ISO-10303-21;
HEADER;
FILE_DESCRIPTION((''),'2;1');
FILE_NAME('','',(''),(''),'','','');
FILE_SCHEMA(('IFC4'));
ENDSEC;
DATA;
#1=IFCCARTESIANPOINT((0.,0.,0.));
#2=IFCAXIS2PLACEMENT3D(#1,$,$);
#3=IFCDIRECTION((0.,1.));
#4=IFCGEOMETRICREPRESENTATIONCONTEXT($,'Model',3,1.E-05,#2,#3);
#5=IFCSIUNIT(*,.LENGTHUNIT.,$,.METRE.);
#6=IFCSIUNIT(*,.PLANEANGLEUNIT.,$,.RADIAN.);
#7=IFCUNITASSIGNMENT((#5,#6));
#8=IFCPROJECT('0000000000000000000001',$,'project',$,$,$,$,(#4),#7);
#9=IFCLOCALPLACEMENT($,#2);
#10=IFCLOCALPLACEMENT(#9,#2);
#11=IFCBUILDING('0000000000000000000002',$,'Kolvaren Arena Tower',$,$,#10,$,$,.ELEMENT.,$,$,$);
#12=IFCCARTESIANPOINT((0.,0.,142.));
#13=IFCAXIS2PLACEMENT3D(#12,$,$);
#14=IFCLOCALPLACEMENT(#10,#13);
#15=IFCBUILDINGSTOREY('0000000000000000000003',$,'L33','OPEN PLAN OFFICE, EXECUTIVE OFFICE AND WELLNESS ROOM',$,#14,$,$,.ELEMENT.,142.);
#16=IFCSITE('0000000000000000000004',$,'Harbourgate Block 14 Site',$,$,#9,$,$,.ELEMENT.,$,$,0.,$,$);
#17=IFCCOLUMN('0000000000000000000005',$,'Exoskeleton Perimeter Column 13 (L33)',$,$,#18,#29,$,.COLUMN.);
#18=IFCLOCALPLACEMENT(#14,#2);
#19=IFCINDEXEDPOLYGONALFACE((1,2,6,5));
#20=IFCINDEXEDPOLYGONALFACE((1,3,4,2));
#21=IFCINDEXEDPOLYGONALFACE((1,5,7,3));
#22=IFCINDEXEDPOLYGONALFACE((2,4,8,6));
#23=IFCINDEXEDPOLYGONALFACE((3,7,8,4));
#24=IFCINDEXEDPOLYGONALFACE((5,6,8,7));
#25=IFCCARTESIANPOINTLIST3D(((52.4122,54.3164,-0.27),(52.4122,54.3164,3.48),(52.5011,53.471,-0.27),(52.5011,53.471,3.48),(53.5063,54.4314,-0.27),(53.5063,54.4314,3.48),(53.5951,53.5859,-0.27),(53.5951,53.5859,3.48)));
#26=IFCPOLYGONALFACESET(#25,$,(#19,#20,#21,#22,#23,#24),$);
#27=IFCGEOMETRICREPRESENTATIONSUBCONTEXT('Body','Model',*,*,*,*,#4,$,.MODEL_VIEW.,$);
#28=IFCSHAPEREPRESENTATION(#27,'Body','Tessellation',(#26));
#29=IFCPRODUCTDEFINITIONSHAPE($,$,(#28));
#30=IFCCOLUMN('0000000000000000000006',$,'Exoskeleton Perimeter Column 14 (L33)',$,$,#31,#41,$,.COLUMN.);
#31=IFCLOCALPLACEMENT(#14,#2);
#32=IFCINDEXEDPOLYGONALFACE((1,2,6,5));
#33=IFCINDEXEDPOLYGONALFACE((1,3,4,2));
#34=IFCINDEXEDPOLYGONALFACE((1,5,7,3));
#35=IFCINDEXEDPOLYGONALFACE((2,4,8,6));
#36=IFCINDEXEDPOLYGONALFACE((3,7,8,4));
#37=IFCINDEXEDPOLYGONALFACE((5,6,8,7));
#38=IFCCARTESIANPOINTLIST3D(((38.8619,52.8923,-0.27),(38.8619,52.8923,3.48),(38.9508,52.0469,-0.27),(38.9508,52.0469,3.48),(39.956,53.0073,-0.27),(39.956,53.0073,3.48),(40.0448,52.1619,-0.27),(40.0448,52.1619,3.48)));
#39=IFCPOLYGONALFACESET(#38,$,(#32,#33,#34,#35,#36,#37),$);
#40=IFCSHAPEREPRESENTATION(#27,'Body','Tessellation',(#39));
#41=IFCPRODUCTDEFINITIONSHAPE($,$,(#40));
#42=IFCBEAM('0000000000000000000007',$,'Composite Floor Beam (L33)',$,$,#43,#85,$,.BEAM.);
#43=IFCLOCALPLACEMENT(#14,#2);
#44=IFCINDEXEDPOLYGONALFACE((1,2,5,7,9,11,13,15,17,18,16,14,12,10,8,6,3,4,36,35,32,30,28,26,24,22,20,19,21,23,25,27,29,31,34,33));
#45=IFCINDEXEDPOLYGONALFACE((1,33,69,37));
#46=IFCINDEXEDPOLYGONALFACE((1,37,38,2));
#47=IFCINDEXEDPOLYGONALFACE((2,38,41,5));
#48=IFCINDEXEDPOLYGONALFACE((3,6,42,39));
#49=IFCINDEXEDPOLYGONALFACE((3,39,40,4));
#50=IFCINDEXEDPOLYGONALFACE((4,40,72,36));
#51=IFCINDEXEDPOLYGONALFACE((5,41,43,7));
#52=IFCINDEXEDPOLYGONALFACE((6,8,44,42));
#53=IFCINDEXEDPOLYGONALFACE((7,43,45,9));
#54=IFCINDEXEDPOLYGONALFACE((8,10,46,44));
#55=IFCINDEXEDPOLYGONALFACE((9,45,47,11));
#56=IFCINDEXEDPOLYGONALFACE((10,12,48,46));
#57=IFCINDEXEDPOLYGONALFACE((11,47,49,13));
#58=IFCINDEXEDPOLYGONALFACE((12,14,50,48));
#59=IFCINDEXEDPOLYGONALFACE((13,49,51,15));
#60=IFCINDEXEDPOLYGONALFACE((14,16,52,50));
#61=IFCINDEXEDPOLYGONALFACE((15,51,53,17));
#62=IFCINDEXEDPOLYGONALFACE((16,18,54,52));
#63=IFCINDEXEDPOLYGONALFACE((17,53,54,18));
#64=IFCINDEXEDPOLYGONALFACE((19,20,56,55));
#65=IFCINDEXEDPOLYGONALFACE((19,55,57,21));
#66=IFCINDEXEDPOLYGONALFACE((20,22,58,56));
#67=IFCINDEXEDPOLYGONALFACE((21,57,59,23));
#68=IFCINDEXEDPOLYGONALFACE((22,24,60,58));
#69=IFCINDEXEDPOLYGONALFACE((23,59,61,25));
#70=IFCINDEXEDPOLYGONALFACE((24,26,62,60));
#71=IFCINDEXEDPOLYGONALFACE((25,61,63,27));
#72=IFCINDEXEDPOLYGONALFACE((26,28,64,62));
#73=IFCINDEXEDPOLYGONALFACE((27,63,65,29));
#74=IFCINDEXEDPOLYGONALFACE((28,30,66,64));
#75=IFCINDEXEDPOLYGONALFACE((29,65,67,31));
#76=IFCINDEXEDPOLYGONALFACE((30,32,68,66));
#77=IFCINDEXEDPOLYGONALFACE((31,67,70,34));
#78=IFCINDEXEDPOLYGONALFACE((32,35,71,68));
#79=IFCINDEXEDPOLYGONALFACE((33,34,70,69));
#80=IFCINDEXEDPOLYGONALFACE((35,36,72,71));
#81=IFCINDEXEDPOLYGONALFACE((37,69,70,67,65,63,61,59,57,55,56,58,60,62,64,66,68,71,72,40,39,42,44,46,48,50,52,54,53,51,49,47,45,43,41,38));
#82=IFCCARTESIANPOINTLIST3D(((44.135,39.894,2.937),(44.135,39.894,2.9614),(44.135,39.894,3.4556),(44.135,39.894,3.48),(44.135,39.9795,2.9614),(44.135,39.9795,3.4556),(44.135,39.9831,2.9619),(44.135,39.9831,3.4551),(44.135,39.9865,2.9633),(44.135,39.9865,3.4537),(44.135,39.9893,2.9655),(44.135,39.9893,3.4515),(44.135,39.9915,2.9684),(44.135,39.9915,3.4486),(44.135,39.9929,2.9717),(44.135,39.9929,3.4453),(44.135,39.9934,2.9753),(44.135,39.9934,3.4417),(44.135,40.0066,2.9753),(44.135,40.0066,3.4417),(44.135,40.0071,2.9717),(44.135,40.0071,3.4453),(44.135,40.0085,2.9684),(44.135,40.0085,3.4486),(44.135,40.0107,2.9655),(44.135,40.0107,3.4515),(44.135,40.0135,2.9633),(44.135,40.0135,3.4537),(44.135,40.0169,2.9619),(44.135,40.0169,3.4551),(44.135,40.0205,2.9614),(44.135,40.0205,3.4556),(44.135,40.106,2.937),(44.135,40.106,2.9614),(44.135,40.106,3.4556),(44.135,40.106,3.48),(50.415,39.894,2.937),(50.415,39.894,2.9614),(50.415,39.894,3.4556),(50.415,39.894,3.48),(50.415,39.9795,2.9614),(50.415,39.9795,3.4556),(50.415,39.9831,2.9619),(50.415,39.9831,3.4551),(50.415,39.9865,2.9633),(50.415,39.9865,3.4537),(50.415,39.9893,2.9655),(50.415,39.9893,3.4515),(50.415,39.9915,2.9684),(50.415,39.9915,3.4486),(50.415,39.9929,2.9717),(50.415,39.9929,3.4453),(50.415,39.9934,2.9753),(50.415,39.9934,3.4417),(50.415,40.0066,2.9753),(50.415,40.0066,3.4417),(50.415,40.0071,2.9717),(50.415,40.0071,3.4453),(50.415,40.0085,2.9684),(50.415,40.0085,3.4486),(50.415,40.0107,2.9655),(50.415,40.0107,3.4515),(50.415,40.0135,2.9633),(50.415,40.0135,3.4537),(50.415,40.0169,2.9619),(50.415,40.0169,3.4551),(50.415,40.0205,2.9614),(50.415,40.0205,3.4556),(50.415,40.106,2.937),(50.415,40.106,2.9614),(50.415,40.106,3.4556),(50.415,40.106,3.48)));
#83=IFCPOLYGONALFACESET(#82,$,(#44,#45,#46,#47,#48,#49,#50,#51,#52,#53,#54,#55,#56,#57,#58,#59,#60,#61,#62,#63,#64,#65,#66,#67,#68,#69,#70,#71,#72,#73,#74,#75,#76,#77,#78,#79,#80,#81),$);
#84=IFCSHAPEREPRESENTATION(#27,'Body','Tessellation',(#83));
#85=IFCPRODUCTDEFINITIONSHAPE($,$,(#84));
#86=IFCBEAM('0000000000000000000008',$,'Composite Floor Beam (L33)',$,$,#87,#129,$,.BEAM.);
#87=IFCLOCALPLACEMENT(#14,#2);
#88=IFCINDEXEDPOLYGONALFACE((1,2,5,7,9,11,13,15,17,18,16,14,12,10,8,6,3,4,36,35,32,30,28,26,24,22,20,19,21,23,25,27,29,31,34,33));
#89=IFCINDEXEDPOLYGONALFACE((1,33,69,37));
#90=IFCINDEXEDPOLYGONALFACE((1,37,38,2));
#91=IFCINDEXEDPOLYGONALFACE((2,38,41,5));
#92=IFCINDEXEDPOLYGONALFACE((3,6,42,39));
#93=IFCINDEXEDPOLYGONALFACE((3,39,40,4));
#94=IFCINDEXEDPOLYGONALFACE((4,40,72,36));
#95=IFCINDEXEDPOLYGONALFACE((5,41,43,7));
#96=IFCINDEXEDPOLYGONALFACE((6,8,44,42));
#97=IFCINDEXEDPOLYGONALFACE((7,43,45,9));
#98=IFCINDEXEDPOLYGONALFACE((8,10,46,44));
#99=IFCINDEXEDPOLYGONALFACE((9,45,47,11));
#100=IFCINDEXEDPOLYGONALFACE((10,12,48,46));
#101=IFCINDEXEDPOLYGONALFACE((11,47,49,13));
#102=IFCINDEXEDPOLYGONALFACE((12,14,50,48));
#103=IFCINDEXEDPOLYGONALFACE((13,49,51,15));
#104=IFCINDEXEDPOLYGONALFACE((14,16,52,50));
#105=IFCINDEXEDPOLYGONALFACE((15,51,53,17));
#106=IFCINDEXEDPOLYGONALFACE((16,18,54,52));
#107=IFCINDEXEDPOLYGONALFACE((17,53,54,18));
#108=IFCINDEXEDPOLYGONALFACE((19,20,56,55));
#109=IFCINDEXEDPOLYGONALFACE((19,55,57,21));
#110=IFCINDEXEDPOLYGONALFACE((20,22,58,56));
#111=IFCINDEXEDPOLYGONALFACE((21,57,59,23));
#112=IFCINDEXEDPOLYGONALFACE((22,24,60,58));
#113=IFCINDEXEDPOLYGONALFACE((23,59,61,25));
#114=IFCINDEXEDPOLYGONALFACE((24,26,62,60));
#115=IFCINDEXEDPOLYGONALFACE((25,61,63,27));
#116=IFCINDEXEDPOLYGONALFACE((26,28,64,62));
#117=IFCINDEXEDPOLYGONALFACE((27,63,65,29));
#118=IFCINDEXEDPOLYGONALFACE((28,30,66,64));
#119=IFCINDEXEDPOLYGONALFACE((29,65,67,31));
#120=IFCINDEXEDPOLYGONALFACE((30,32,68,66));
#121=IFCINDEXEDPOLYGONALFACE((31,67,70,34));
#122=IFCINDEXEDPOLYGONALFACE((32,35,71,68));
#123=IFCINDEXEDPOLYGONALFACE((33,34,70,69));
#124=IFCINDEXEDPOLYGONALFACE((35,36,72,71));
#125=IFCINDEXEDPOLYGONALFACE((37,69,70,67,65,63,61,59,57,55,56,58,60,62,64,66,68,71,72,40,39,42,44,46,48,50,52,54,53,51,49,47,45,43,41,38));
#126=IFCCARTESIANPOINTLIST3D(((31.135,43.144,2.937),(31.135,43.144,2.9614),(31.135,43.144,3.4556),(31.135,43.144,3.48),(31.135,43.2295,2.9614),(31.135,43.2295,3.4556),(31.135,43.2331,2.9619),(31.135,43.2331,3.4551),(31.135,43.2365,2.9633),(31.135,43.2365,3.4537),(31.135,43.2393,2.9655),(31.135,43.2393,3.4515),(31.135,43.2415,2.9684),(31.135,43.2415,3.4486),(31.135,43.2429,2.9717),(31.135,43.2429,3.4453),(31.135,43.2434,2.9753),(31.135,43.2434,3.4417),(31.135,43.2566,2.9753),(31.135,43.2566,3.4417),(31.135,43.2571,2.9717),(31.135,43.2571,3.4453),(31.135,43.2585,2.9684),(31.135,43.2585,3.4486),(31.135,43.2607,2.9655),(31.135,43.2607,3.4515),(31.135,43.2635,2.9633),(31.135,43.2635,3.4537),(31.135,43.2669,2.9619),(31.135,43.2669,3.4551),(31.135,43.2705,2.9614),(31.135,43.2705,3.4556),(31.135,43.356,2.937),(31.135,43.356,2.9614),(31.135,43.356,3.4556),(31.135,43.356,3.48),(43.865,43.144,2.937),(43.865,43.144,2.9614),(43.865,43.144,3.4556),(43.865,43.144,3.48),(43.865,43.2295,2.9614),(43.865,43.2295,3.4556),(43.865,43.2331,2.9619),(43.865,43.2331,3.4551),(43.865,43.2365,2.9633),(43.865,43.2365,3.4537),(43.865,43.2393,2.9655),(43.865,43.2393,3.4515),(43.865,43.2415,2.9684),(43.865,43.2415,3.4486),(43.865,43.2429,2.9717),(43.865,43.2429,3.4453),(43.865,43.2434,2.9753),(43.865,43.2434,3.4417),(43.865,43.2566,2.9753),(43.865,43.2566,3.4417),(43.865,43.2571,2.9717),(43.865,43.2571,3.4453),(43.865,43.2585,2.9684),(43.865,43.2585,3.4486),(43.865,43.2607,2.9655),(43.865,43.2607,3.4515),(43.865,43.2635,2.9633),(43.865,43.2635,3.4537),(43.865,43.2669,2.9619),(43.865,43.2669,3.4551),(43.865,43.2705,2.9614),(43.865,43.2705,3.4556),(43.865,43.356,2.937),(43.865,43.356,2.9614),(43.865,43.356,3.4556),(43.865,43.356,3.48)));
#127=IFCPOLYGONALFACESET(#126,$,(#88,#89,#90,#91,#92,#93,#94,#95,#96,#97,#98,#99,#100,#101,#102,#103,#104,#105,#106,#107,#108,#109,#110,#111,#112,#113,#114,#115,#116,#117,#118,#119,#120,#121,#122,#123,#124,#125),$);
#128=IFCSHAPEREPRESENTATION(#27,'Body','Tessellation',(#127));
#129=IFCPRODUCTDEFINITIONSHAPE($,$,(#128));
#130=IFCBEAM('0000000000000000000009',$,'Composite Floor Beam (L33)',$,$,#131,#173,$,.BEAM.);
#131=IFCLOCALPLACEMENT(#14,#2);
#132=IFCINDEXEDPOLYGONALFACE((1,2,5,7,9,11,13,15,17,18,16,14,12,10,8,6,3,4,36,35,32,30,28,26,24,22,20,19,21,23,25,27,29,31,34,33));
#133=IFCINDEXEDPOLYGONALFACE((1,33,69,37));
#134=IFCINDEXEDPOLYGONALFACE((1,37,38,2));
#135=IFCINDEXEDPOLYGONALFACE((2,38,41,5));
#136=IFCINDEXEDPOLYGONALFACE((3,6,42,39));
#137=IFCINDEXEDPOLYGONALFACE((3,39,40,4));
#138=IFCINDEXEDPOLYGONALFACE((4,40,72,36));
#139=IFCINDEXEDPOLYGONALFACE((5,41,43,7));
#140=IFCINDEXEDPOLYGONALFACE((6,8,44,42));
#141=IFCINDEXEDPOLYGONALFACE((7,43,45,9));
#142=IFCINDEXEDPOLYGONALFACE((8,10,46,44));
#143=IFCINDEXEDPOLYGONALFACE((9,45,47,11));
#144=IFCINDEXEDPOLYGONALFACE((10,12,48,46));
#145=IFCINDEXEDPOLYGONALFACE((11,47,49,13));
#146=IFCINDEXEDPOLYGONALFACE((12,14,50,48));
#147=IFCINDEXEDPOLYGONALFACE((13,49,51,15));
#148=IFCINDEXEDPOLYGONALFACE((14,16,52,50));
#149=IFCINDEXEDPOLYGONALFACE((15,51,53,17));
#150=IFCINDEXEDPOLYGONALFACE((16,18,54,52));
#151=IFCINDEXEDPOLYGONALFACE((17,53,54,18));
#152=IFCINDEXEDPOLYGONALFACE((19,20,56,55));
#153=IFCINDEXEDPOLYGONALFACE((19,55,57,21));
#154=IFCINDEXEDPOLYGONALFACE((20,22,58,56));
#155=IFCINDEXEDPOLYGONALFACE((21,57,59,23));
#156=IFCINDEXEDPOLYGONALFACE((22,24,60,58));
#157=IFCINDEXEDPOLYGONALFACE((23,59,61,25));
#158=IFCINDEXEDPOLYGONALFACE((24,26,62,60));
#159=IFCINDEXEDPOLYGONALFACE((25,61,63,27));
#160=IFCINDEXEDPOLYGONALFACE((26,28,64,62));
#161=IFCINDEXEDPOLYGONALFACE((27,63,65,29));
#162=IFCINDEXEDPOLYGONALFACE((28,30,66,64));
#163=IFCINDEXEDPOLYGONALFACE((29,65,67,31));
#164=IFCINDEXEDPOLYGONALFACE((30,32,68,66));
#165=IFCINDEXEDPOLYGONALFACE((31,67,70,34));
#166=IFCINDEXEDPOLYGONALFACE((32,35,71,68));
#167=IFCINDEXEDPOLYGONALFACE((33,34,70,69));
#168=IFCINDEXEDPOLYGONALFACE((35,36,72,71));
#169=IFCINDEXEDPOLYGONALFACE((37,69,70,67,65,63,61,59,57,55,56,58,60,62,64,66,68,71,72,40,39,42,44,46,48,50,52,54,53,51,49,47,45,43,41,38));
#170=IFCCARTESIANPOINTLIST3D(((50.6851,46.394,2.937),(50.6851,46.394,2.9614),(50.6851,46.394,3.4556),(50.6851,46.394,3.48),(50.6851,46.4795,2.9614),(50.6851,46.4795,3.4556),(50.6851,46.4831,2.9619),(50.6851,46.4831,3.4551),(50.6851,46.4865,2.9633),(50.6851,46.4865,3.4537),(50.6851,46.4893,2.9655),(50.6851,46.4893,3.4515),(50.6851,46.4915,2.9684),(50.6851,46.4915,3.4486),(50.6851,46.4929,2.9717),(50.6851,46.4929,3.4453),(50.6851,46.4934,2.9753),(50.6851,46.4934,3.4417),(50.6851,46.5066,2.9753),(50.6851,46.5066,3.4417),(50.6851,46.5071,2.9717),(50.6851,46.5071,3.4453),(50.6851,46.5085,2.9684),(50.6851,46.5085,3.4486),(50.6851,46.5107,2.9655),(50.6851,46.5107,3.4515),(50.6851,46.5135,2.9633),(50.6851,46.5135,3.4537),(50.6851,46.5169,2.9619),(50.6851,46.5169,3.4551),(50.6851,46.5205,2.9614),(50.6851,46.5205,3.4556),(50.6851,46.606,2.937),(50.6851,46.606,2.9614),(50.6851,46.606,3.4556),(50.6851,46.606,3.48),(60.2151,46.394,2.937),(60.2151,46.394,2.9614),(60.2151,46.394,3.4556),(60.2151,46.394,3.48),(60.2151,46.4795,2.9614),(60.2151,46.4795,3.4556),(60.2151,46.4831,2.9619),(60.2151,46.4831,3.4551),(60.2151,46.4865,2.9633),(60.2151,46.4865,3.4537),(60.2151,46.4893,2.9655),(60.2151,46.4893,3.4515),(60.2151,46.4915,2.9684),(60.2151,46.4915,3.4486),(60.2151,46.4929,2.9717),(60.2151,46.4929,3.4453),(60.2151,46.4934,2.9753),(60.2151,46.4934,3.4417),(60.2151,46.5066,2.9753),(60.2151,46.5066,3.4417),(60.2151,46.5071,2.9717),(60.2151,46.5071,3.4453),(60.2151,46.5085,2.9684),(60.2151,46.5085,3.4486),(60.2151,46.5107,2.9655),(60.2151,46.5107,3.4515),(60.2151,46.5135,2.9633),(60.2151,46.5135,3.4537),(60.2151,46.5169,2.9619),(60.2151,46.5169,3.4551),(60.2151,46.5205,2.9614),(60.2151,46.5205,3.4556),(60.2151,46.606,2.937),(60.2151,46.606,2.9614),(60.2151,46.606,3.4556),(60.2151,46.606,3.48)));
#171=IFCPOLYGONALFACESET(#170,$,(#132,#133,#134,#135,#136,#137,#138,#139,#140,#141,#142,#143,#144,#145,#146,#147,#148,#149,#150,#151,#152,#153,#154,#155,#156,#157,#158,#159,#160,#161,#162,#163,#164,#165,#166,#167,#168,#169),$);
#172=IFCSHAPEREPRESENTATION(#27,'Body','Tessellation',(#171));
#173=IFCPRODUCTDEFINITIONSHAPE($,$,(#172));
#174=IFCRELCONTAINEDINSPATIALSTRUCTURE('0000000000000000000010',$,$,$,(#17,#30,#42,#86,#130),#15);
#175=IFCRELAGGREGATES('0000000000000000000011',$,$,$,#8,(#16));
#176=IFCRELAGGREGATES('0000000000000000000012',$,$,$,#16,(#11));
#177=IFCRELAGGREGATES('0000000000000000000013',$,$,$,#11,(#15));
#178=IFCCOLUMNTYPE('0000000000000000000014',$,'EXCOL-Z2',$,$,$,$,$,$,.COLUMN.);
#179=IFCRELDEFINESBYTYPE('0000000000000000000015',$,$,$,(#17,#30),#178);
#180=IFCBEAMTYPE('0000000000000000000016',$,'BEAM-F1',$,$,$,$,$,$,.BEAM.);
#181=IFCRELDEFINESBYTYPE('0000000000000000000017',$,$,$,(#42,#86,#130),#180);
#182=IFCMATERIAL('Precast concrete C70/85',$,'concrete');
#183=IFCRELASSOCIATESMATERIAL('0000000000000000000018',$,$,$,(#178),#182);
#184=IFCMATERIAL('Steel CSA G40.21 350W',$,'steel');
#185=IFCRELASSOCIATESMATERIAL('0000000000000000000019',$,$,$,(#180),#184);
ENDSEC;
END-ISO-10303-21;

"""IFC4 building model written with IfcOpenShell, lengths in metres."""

from ifc_helpers import new_model, si_unit, direction, frame, origin, origin_2d, place, context, subcontext, project, spatial, rectangle, i_section, extrude, material, material_profile, profile_set, type_object, element, save


model = new_model("IFC4")

# Units and contexts
model_context = context("Model", 3, precision=1e-05, world=origin(), true_north=direction((0.0, 1.0)))
body_context = subcontext(model_context, "Body", "Model", "MODEL_VIEW")
ifc_project = project(units=[si_unit("LENGTHUNIT", "METRE"), si_unit("PLANEANGLEUNIT", "RADIAN")], contexts=[model_context])

# Site, building, storey
site_placement = place(None, origin())
site = spatial("IfcSite", under=ifc_project, at=site_placement, Name="Harbourgate Block 14 Site", CompositionType="ELEMENT", RefElevation=0.0)
building_placement = place(site_placement, origin())
building = spatial("IfcBuilding", under=site, at=building_placement, Name="Kolvaren Arena Tower", CompositionType="ELEMENT")
storey_placement = place(building_placement, frame((0.0, 0.0, 142.0)))
storey = spatial("IfcBuildingStorey", under=building, at=storey_placement, Name="L33", Description="OPEN PLAN OFFICE, EXECUTIVE OFFICE AND WELLNESS ROOM", CompositionType="ELEMENT", Elevation=142.0)

# Columns
ifc_material_1 = material(Name="Precast concrete C70/85", Category="concrete")
ifc_material_profile_1 = material_profile(ifc_material_1, rectangle(XDim=1.1001, YDim=0.8501, at=origin_2d()), Name="RC-1100x850")
ifc_profile_set_1 = profile_set([ifc_material_profile_1], Name="Precast concrete C70/85")
column_type = type_object("IfcColumnType", Name="EXCOL-Z2", PredefinedType="COLUMN", material=ifc_profile_set_1)
for number, where, z_axis, x_axis, name in (
    (1, (53.0037, 53.9512, -0.27), (0.0, 0.0, 1.0), (0.994522, 0.104528, 0.0), "Exoskeleton Perimeter Column 13 (L33)"),
    (2, (39.4534, 52.5271, -0.27), (0.0, 0.0, 1.0), (0.994522, 0.104528, 0.0), "Exoskeleton Perimeter Column 14 (L33)"),
):
    element("IfcColumn", number, at=place(storey_placement, frame(where, z_axis=z_axis, x_axis=x_axis)), inside=storey, type_object=column_type, Name=name, PredefinedType="COLUMN", context=body_context, shape_type="SweptSolid", body=[
        extrude(rectangle(XDim=1.1001, YDim=0.8501, at=origin_2d()), origin(), (0.0, 0.0, 1.0), 3.75),
    ])

# Beams
ifc_material_2 = material(Name="Steel CSA G40.21 350W", Category="steel")
ifc_material_profile_2 = material_profile(ifc_material_2, i_section(OverallWidth=0.2119, OverallDepth=0.543, WebThickness=0.0132, FlangeThickness=0.0244, FilletRadius=0.0139, at=origin_2d()), Name="W530x150")
ifc_profile_set_2 = profile_set([ifc_material_profile_2], Name="Steel CSA G40.21 350W")
beam_type_1 = type_object("IfcBeamType", Name="BEAM-F1", PredefinedType="BEAM", material=ifc_profile_set_2)
beam_1_placement = place(storey_placement, frame((44.135, 40.0, 3.2085), z_axis=(1.0, 0.0, 0.0), x_axis=(0.0, 1.0, 0.0)))
element("IfcBeam", 3, at=beam_1_placement, inside=storey, type_object=beam_type_1, Name="Composite Floor Beam (L33)", PredefinedType="BEAM", context=body_context, shape_type="SweptSolid", body=[
    extrude(i_section(OverallWidth=0.2119, OverallDepth=0.543, WebThickness=0.0132, FlangeThickness=0.0244, FilletRadius=0.0139, at=origin_2d()), origin(), (0.0, 0.0, 1.0), 6.28),
])
beam_2_placement = place(storey_placement, frame((31.135, 43.25, 3.2085), z_axis=(1.0, 0.0, 0.0), x_axis=(0.0, 1.0, 0.0)))
element("IfcBeam", 4, at=beam_2_placement, inside=storey, type_object=beam_type_1, Name="Composite Floor Beam (L33)", PredefinedType="BEAM", context=body_context, shape_type="SweptSolid", body=[
    extrude(i_section(OverallWidth=0.2119, OverallDepth=0.543, WebThickness=0.0132, FlangeThickness=0.0244, FilletRadius=0.0139, at=origin_2d()), origin(), (0.0, 0.0, 1.0), 12.73),
])
for number, where, z_axis, x_axis, name in (
    (5, (50.6851, 46.5, 3.2085), (1.0, 0.0, 0.0), (0.0, 1.0, 0.0), "Composite Floor Beam (L33)"),
):
    element("IfcBeam", number, at=place(storey_placement, frame(where, z_axis=z_axis, x_axis=x_axis)), inside=storey, type_object=beam_type_1, Name=name, PredefinedType="BEAM", context=body_context, shape_type="SweptSolid", body=[
        extrude(i_section(OverallWidth=0.2119, OverallDepth=0.543, WebThickness=0.0132, FlangeThickness=0.0244, FilletRadius=0.0139, at=origin_2d()), origin(), (0.0, 0.0, 1.0), 9.53),
    ])

save(model, "model.ifc")
